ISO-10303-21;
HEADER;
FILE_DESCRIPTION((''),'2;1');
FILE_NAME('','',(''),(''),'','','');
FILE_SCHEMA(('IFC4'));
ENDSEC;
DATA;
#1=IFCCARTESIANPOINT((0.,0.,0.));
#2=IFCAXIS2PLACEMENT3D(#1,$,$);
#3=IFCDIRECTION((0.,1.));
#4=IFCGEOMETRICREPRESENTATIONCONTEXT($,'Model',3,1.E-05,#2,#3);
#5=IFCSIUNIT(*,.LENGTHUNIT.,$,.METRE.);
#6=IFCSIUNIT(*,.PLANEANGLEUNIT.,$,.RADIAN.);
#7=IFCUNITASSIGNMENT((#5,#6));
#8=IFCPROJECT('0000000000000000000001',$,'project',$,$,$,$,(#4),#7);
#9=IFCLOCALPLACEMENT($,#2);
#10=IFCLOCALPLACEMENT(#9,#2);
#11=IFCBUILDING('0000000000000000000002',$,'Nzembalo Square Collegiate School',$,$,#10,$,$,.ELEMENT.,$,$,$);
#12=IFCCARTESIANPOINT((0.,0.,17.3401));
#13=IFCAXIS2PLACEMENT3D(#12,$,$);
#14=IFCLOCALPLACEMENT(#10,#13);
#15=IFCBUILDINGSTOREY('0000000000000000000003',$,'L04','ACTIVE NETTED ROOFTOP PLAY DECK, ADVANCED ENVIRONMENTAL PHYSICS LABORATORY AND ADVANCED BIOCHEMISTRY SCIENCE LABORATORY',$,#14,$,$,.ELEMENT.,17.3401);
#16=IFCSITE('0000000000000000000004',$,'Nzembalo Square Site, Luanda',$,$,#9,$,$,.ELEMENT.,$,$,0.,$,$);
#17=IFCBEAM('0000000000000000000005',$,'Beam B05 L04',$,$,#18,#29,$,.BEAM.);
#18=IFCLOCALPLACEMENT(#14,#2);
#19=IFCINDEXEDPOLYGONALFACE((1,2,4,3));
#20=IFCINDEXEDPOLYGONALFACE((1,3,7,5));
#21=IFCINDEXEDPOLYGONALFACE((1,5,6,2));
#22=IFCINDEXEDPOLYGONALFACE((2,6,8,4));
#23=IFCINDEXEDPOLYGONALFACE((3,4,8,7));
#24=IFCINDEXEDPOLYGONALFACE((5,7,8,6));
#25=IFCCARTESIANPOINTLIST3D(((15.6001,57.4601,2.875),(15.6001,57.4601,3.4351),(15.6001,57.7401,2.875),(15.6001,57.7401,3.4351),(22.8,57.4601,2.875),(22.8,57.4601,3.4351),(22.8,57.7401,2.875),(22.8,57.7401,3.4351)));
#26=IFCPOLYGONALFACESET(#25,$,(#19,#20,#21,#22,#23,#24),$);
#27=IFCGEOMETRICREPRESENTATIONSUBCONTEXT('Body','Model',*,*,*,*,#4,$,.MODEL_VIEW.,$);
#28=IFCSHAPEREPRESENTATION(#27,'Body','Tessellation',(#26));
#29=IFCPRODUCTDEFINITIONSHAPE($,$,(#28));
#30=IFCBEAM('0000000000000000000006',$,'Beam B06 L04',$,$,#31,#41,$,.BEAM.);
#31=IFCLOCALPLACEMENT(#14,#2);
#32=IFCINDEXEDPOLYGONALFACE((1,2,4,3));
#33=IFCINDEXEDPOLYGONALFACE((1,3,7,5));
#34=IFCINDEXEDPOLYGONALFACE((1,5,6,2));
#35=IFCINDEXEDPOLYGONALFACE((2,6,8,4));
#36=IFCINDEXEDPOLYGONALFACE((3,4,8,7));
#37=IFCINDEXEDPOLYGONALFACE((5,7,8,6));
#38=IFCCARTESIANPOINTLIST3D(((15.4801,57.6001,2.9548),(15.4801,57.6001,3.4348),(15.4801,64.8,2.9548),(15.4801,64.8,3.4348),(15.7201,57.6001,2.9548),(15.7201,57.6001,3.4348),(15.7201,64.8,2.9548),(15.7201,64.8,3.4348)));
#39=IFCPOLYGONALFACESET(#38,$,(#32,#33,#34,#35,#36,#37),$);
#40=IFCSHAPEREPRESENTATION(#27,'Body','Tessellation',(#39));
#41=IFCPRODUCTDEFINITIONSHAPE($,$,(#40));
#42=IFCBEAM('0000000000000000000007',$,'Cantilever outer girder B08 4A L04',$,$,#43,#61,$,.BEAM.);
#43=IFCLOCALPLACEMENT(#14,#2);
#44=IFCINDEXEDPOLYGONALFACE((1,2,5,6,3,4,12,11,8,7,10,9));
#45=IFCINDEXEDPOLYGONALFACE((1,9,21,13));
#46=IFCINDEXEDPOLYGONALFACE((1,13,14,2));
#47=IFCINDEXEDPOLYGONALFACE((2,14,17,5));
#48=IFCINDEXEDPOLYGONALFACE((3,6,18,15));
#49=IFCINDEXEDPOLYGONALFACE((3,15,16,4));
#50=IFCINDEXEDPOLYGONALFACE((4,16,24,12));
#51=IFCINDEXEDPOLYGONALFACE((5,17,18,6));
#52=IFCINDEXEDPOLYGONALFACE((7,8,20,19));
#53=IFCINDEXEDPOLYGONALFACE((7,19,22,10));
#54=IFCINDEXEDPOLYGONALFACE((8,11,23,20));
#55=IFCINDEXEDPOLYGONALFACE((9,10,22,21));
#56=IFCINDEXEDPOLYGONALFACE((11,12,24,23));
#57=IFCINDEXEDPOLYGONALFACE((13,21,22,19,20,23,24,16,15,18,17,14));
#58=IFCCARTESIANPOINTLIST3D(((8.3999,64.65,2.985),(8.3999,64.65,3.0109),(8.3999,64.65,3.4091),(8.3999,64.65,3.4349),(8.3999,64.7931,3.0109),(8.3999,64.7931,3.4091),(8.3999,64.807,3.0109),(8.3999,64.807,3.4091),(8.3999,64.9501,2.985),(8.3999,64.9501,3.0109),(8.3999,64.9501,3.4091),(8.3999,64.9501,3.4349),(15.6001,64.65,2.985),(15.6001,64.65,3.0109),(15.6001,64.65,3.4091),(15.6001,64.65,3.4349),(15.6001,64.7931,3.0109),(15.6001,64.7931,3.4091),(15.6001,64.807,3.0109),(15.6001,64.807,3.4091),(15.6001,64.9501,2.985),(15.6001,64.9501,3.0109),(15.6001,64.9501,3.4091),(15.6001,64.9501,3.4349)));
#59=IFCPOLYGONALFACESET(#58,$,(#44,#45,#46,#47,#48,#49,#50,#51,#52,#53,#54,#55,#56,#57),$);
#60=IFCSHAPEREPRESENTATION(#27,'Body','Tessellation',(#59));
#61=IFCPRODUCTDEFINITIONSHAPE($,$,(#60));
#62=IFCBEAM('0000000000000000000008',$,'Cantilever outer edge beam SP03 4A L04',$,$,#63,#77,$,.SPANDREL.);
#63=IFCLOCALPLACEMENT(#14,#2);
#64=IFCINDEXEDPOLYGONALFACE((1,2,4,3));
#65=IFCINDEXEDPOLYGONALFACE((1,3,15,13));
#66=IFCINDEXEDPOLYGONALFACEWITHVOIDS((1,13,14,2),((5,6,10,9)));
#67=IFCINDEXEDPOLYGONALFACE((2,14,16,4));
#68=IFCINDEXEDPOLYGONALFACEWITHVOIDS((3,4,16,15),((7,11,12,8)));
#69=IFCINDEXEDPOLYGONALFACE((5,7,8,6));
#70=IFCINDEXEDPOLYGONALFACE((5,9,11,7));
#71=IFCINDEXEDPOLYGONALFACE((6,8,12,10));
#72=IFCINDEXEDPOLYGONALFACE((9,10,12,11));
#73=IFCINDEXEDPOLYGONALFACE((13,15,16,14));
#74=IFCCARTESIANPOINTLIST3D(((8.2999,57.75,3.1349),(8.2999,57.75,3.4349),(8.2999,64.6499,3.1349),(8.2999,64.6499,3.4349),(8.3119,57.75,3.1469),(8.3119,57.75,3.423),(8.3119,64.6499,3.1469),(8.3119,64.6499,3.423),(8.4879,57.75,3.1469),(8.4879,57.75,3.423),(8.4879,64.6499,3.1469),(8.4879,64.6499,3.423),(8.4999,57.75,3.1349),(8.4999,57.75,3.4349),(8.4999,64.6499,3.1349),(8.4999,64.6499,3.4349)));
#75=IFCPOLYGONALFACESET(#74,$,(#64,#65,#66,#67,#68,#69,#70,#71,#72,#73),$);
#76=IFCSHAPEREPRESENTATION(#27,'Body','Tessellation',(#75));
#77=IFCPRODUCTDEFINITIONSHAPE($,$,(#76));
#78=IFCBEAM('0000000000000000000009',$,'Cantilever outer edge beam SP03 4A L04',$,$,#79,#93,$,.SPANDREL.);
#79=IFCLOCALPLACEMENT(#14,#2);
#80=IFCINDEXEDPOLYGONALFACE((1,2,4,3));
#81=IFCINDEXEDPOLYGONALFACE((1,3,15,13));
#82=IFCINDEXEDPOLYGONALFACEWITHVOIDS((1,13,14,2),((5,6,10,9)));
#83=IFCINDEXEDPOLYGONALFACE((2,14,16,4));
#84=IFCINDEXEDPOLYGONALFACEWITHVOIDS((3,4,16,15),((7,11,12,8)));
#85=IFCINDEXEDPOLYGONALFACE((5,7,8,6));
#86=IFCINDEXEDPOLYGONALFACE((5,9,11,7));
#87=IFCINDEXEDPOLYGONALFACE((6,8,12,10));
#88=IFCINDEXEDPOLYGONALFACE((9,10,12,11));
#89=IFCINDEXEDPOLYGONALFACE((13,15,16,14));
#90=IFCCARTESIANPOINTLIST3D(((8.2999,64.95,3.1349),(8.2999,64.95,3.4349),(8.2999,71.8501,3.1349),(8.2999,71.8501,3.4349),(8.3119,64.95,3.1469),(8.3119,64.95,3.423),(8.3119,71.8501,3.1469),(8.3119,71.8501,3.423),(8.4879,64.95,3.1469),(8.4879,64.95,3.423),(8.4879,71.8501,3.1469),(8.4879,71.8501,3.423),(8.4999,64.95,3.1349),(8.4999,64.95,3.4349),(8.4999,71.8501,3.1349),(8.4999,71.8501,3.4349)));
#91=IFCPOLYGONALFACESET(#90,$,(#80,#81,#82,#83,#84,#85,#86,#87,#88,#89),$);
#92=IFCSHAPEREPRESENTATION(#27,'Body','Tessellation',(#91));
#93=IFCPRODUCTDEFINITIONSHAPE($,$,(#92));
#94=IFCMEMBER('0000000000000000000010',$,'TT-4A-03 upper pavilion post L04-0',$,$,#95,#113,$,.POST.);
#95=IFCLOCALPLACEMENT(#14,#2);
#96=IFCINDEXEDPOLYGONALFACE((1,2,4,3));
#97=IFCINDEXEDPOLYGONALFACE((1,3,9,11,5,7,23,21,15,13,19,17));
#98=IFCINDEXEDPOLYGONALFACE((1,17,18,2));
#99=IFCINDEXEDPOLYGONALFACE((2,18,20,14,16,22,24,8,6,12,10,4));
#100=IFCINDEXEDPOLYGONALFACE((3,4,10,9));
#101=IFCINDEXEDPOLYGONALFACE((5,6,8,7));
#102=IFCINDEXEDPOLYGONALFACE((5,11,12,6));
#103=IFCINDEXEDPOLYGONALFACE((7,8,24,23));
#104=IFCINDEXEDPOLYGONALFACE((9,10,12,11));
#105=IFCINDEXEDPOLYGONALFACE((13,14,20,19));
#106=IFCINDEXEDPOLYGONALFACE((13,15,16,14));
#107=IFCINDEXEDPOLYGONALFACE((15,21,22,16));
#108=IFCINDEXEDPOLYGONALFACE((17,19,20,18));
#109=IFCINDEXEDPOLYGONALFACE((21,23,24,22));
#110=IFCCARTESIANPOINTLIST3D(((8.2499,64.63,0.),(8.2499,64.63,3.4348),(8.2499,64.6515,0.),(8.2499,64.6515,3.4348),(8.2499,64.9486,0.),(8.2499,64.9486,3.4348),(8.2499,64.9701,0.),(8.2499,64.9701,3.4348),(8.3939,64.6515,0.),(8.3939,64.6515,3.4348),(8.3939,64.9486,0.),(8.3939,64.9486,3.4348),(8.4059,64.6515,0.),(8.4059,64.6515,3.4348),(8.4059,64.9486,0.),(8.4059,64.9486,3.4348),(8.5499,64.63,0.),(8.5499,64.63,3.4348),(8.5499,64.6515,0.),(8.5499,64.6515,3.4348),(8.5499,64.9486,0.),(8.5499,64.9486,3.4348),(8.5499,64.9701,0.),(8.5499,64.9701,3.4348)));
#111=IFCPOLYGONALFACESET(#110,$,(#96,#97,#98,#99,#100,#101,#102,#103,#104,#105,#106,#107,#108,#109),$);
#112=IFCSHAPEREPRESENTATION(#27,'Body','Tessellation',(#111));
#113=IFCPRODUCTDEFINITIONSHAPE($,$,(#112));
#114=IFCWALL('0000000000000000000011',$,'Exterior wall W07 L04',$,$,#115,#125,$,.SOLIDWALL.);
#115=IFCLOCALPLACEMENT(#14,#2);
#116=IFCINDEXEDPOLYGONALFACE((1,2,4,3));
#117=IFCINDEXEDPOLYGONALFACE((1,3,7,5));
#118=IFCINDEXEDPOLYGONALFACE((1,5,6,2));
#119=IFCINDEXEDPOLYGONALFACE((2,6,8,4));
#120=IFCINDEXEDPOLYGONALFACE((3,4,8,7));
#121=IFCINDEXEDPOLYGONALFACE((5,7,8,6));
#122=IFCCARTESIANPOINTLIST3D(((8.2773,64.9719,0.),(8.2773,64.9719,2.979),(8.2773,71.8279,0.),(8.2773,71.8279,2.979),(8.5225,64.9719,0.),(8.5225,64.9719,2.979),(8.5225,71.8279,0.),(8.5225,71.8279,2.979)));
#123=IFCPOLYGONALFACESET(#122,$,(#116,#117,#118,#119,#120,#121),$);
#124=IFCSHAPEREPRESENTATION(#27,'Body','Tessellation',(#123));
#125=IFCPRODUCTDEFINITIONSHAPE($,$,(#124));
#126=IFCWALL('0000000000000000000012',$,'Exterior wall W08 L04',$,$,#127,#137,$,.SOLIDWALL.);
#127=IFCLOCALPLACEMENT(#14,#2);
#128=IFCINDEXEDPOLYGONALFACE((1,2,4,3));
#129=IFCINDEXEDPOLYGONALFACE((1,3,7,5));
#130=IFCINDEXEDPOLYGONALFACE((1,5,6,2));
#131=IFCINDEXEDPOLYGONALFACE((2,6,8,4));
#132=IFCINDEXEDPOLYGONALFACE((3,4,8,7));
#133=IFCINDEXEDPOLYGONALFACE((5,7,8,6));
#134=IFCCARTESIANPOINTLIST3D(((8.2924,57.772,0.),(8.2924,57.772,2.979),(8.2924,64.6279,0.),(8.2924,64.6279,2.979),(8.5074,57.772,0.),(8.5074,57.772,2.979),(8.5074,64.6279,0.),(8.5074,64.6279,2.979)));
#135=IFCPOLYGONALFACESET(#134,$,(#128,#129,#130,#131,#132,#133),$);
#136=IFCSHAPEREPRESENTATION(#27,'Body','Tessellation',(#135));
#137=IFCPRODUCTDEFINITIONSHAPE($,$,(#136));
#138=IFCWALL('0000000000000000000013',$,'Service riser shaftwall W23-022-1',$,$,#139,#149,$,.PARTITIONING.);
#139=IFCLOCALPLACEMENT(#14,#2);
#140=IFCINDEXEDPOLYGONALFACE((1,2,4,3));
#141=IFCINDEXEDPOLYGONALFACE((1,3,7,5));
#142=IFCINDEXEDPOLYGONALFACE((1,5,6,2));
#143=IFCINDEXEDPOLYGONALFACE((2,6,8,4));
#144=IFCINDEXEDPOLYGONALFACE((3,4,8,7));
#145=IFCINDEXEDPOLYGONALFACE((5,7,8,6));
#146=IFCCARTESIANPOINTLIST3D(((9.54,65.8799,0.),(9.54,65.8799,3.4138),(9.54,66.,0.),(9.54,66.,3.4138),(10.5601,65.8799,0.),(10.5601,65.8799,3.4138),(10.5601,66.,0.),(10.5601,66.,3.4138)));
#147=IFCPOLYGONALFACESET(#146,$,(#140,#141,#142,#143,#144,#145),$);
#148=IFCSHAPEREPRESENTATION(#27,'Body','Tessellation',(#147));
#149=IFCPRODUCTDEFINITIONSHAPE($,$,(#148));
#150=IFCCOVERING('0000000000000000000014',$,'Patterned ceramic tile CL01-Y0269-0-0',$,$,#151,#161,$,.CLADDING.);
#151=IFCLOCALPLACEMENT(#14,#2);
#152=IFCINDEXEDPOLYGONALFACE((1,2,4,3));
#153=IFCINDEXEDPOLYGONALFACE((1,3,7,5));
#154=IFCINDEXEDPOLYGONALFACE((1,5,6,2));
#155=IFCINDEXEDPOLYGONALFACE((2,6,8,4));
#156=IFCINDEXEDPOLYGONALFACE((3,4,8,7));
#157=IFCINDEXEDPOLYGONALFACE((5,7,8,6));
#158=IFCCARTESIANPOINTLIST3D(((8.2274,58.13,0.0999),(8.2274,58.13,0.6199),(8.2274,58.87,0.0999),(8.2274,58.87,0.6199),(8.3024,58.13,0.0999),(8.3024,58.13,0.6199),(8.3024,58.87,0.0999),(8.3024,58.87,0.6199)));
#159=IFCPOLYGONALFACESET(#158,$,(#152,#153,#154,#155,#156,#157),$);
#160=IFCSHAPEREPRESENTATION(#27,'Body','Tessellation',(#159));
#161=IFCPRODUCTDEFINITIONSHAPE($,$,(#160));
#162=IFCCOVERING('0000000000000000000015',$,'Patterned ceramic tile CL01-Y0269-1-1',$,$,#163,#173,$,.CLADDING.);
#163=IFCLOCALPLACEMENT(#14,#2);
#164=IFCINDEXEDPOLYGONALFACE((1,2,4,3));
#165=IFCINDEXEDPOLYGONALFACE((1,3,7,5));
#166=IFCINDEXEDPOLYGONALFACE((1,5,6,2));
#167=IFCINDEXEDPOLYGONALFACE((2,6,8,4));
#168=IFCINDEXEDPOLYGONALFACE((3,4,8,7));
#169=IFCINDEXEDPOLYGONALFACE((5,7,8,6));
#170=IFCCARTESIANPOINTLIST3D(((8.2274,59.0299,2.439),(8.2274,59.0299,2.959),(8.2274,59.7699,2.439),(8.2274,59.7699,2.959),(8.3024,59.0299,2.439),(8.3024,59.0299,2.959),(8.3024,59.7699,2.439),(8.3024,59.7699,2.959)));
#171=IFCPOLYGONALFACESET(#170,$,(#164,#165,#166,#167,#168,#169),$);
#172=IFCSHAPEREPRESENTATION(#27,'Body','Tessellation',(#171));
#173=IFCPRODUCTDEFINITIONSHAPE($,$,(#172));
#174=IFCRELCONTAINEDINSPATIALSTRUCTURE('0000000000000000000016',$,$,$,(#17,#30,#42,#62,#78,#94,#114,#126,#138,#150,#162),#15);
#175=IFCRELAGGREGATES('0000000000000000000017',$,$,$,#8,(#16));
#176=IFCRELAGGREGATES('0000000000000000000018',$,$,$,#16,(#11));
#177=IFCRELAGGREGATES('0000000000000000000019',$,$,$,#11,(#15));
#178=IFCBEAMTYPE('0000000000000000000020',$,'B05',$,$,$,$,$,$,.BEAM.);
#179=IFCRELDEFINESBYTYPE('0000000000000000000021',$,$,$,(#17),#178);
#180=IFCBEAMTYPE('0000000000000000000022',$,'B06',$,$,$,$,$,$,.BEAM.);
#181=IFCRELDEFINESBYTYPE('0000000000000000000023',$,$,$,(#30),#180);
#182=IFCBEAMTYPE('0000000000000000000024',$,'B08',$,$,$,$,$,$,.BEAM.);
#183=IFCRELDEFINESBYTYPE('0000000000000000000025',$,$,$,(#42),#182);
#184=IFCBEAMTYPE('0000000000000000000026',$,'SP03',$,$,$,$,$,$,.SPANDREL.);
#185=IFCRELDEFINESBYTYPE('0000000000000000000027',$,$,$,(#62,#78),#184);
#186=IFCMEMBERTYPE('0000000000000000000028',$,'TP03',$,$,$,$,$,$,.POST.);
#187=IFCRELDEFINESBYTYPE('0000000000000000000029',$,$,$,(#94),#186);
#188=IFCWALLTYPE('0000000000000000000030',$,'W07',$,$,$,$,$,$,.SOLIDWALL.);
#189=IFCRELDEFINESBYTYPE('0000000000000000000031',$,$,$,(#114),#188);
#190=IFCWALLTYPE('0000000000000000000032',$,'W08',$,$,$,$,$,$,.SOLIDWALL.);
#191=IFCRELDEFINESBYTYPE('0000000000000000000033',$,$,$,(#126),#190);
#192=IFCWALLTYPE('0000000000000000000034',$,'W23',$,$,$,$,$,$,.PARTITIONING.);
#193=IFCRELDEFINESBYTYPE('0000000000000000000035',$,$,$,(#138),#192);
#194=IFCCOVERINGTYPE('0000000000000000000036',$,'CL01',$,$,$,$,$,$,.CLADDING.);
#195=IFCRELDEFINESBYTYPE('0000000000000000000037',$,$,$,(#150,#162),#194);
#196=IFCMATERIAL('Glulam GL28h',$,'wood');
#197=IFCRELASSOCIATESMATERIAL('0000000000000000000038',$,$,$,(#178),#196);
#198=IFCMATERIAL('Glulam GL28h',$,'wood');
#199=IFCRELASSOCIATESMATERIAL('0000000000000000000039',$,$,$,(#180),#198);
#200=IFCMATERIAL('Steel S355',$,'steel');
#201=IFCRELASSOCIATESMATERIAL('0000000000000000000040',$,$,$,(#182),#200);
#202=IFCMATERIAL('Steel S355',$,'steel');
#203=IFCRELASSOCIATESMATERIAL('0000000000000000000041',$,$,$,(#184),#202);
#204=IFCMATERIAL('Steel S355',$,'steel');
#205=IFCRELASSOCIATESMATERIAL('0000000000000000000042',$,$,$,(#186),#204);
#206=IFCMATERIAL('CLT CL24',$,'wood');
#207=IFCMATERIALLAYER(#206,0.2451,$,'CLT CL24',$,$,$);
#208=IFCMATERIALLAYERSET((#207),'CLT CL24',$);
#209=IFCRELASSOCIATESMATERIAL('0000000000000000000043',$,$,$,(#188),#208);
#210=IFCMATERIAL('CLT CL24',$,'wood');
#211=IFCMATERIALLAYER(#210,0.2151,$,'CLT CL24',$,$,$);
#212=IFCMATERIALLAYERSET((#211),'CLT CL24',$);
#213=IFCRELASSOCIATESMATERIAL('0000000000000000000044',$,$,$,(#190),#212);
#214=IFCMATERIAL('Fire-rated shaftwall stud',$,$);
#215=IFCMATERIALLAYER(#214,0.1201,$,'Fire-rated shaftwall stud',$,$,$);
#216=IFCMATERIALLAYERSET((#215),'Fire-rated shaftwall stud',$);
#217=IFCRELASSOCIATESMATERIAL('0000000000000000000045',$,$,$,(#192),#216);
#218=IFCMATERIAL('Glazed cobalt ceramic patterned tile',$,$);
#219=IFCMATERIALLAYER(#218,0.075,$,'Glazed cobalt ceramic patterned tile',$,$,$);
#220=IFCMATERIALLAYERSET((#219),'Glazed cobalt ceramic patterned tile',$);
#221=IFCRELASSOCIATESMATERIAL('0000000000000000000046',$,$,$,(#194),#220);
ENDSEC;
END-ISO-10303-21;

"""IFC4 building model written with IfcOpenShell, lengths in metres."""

from ifc_helpers import new_model, si_unit, direction, frame, frame_2d, origin, origin_2d, place, context, subcontext, project, spatial, rectangle, hollow_rectangle, i_section, extrude, material, layer, layer_set, material_profile, profile_set, type_object, element, save


model = new_model("IFC4")

# Units and contexts
model_context = context("Model", 3, precision=1e-05, world=origin(), true_north=direction((0.0, 1.0)))
body_context = subcontext(model_context, "Body", "Model", "MODEL_VIEW")
ifc_project = project(units=[si_unit("LENGTHUNIT", "METRE"), si_unit("PLANEANGLEUNIT", "RADIAN")], contexts=[model_context])

# Site, building, storey
site_placement = place(None, origin())
site = spatial("IfcSite", under=ifc_project, at=site_placement, Name="Nzembalo Square Site, Luanda", CompositionType="ELEMENT", RefElevation=0.0)
building_placement = place(site_placement, origin())
building = spatial("IfcBuilding", under=site, at=building_placement, Name="Nzembalo Square Collegiate School", CompositionType="ELEMENT")
storey_placement = place(building_placement, frame((0.0, 0.0, 17.3401)))
storey = spatial("IfcBuildingStorey", under=building, at=storey_placement, Name="L04", Description="ACTIVE NETTED ROOFTOP PLAY DECK, ADVANCED ENVIRONMENTAL PHYSICS LABORATORY AND ADVANCED BIOCHEMISTRY SCIENCE LABORATORY", CompositionType="ELEMENT", Elevation=17.3401)

# Beams
ifc_material_1 = material(Name="Glulam GL28h", Category="wood")
ifc_material_profile_1 = material_profile(ifc_material_1, rectangle(XDim=0.28, YDim=0.5601, at=origin_2d()), Name="GL28h 280x560")
ifc_profile_set_1 = profile_set([ifc_material_profile_1], Name="Glulam GL28h")
beam_type_1 = type_object("IfcBeamType", Name="B05", PredefinedType="BEAM", material=ifc_profile_set_1)
beam_1_placement = place(storey_placement, frame((15.6001, 57.6001, 3.155), z_axis=(1.0, 0.0, 0.0), x_axis=(0.0, 1.0, 0.0)))
element("IfcBeam", 1, at=beam_1_placement, inside=storey, type_object=beam_type_1, Name="Beam B05 L04", PredefinedType="BEAM", context=body_context, shape_type="SweptSolid", body=[
    extrude(rectangle(XDim=0.28, YDim=0.5601, at=origin_2d()), origin(), (0.0, 0.0, 1.0), 7.2),
])
ifc_material_2 = material(Name="Glulam GL28h", Category="wood")
ifc_material_profile_2 = material_profile(ifc_material_2, rectangle(XDim=0.24, YDim=0.48, at=origin_2d()), Name="GL28h 240x480")
ifc_profile_set_2 = profile_set([ifc_material_profile_2], Name="Glulam GL28h")
beam_type_2 = type_object("IfcBeamType", Name="B06", PredefinedType="BEAM", material=ifc_profile_set_2)
beam_2_placement = place(storey_placement, frame((15.6001, 57.6001, 3.1948), z_axis=(0.0, 1.0, 0.0), x_axis=(-1.0, 0.0, 0.0)))
element("IfcBeam", 2, at=beam_2_placement, inside=storey, type_object=beam_type_2, Name="Beam B06 L04", PredefinedType="BEAM", context=body_context, shape_type="SweptSolid", body=[
    extrude(rectangle(XDim=0.24, YDim=0.48, at=origin_2d()), origin(), (0.0, 0.0, 1.0), 7.2),
])
ifc_material_3 = material(Name="Steel S355", Category="steel")
ifc_material_profile_3 = material_profile(ifc_material_3, i_section(OverallWidth=0.3, OverallDepth=0.45, WebThickness=0.0139, FlangeThickness=0.0259, at=origin_2d()), Name="HEB 450")
ifc_profile_set_3 = profile_set([ifc_material_profile_3], Name="Steel S355")
beam_type_3 = type_object("IfcBeamType", Name="B08", PredefinedType="BEAM", material=ifc_profile_set_3)
beam_3_placement = place(storey_placement, frame((8.3999, 64.8, 3.21), z_axis=(1.0, 0.0, 0.0), x_axis=(0.0, 1.0, 0.0)))
element("IfcBeam", 3, at=beam_3_placement, inside=storey, type_object=beam_type_3, Name="Cantilever outer girder B08 4A L04", PredefinedType="BEAM", context=body_context, shape_type="SweptSolid", body=[
    extrude(i_section(OverallWidth=0.3, OverallDepth=0.45, WebThickness=0.0139, FlangeThickness=0.0259, at=origin_2d()), origin(), (0.0, 0.0, 1.0), 7.2002),
])
ifc_material_4 = material(Name="Steel S355", Category="steel")
ifc_material_profile_4 = material_profile(ifc_material_4, hollow_rectangle(XDim=0.2, YDim=0.3, WallThickness=0.012, at=origin_2d()), Name="RHS 300x200x12")
ifc_profile_set_4 = profile_set([ifc_material_profile_4], Name="Steel S355")
beam_type_4 = type_object("IfcBeamType", Name="SP03", PredefinedType="SPANDREL", material=ifc_profile_set_4)
beam_4_placement = place(storey_placement, frame((8.3999, 57.75, 3.2849), z_axis=(0.0, 1.0, 0.0), x_axis=(-1.0, 0.0, 0.0)))
element("IfcBeam", 4, at=beam_4_placement, inside=storey, type_object=beam_type_4, Name="Cantilever outer edge beam SP03 4A L04", PredefinedType="SPANDREL", context=body_context, shape_type="SweptSolid", body=[
    extrude(hollow_rectangle(XDim=0.2, YDim=0.3, WallThickness=0.012, at=origin_2d()), origin(), (0.0, 0.0, 1.0), 6.8999),
])
beam_5_placement = place(storey_placement, frame((8.3999, 64.95, 3.2849), z_axis=(0.0, 1.0, 0.0), x_axis=(-1.0, 0.0, 0.0)))
element("IfcBeam", 5, at=beam_5_placement, inside=storey, type_object=beam_type_4, Name="Cantilever outer edge beam SP03 4A L04", PredefinedType="SPANDREL", context=body_context, shape_type="SweptSolid", body=[
    extrude(hollow_rectangle(XDim=0.2, YDim=0.3, WallThickness=0.012, at=origin_2d()), origin(), (0.0, 0.0, 1.0), 6.9001),
])

# Member
ifc_material_5 = material(Name="Steel S355", Category="steel")
ifc_material_profile_5 = material_profile(ifc_material_5, i_section(OverallWidth=0.3, OverallDepth=0.3401, WebThickness=0.012, FlangeThickness=0.0215, at=origin_2d()), Name="HEB 340")
ifc_profile_set_5 = profile_set([ifc_material_profile_5], Name="Steel S355")
member_type = type_object("IfcMemberType", Name="TP03", PredefinedType="POST", material=ifc_profile_set_5)
member_placement = place(storey_placement, frame((8.3999, 64.8, 0.0), z_axis=(0.0, 0.0, 1.0), x_axis=(1.0, 0.0, 0.0)))
element("IfcMember", 6, at=member_placement, inside=storey, type_object=member_type, Name="TT-4A-03 upper pavilion post L04-0", PredefinedType="POST", context=body_context, shape_type="SweptSolid", body=[
    extrude(i_section(OverallWidth=0.3, OverallDepth=0.3401, WebThickness=0.012, FlangeThickness=0.0215, at=origin_2d()), origin(), (0.0, 0.0, 1.0), 3.4348),
])

# Walls
ifc_material_6 = material(Name="CLT CL24", Category="wood")
ifc_layer_1 = layer(ifc_material_6, 0.2451, Name="CLT CL24")
ifc_layer_set_1 = layer_set([ifc_layer_1], Name="CLT CL24")
wall_type_1 = type_object("IfcWallType", Name="W07", PredefinedType="SOLIDWALL", material=ifc_layer_set_1)
wall_1_placement = place(storey_placement, frame((8.3999, 64.9719, 0.0), z_axis=(0.0, 0.0, 1.0), x_axis=(0.0, 1.0, 0.0)))
element("IfcWall", 7, at=wall_1_placement, inside=storey, type_object=wall_type_1, Name="Exterior wall W07 L04", PredefinedType="SOLIDWALL", context=body_context, shape_type="SweptSolid", body=[
    extrude(rectangle(XDim=6.856, YDim=0.2451, at=frame_2d((3.428, 0.0))), origin(), (0.0, 0.0, 1.0), 2.979),
])
ifc_material_7 = material(Name="CLT CL24", Category="wood")
ifc_layer_2 = layer(ifc_material_7, 0.2151, Name="CLT CL24")
ifc_layer_set_2 = layer_set([ifc_layer_2], Name="CLT CL24")
wall_type_2 = type_object("IfcWallType", Name="W08", PredefinedType="SOLIDWALL", material=ifc_layer_set_2)
wall_2_placement = place(storey_placement, frame((8.3999, 57.772, 0.0), z_axis=(0.0, 0.0, 1.0), x_axis=(0.0, 1.0, 0.0)))
element("IfcWall", 8, at=wall_2_placement, inside=storey, type_object=wall_type_2, Name="Exterior wall W08 L04", PredefinedType="SOLIDWALL", context=body_context, shape_type="SweptSolid", body=[
    extrude(rectangle(XDim=6.856, YDim=0.2151, at=frame_2d((3.428, 0.0))), origin(), (0.0, 0.0, 1.0), 2.979),
])
ifc_material_8 = material(Name="Fire-rated shaftwall stud")
ifc_layer_3 = layer(ifc_material_8, 0.1201, Name="Fire-rated shaftwall stud")
ifc_layer_set_3 = layer_set([ifc_layer_3], Name="Fire-rated shaftwall stud")
wall_type_3 = type_object("IfcWallType", Name="W23", PredefinedType="PARTITIONING", material=ifc_layer_set_3)
wall_3_placement = place(storey_placement, frame((9.54, 65.9399, 0.0), z_axis=(0.0, 0.0, 1.0), x_axis=(1.0, 0.0, 0.0)))
element("IfcWall", 9, at=wall_3_placement, inside=storey, type_object=wall_type_3, Name="Service riser shaftwall W23-022-1", PredefinedType="PARTITIONING", context=body_context, shape_type="SweptSolid", body=[
    extrude(rectangle(XDim=1.02, YDim=0.1201, at=frame_2d((0.51, 0.0))), origin(), (0.0, 0.0, 1.0), 3.4138),
])

# Coverings
ifc_material_9 = material(Name="Glazed cobalt ceramic patterned tile")
ifc_layer_4 = layer(ifc_material_9, 0.075, Name="Glazed cobalt ceramic patterned tile")
ifc_layer_set_4 = layer_set([ifc_layer_4], Name="Glazed cobalt ceramic patterned tile")
covering_type_1 = type_object("IfcCoveringType", Name="CL01", PredefinedType="CLADDING", material=ifc_layer_set_4)
for number, where, z_axis, x_axis, name in (
    (10, (8.2649, 58.5, 0.0999), (0.0, 0.0, 1.0), (1.0, 0.0, 0.0), "Patterned ceramic tile CL01-Y0269-0-0"),
    (11, (8.2649, 59.3999, 2.439), (0.0, 0.0, 1.0), (1.0, 0.0, 0.0), "Patterned ceramic tile CL01-Y0269-1-1"),
):
    element("IfcCovering", number, at=place(storey_placement, frame(where, z_axis=z_axis, x_axis=x_axis)), inside=storey, type_object=covering_type_1, Name=name, PredefinedType="CLADDING", context=body_context, shape_type="SweptSolid", body=[
        extrude(rectangle(XDim=0.075, YDim=0.74, at=origin_2d()), origin(), (0.0, 0.0, 1.0), 0.52),
    ])

save(model, "model.ifc")
